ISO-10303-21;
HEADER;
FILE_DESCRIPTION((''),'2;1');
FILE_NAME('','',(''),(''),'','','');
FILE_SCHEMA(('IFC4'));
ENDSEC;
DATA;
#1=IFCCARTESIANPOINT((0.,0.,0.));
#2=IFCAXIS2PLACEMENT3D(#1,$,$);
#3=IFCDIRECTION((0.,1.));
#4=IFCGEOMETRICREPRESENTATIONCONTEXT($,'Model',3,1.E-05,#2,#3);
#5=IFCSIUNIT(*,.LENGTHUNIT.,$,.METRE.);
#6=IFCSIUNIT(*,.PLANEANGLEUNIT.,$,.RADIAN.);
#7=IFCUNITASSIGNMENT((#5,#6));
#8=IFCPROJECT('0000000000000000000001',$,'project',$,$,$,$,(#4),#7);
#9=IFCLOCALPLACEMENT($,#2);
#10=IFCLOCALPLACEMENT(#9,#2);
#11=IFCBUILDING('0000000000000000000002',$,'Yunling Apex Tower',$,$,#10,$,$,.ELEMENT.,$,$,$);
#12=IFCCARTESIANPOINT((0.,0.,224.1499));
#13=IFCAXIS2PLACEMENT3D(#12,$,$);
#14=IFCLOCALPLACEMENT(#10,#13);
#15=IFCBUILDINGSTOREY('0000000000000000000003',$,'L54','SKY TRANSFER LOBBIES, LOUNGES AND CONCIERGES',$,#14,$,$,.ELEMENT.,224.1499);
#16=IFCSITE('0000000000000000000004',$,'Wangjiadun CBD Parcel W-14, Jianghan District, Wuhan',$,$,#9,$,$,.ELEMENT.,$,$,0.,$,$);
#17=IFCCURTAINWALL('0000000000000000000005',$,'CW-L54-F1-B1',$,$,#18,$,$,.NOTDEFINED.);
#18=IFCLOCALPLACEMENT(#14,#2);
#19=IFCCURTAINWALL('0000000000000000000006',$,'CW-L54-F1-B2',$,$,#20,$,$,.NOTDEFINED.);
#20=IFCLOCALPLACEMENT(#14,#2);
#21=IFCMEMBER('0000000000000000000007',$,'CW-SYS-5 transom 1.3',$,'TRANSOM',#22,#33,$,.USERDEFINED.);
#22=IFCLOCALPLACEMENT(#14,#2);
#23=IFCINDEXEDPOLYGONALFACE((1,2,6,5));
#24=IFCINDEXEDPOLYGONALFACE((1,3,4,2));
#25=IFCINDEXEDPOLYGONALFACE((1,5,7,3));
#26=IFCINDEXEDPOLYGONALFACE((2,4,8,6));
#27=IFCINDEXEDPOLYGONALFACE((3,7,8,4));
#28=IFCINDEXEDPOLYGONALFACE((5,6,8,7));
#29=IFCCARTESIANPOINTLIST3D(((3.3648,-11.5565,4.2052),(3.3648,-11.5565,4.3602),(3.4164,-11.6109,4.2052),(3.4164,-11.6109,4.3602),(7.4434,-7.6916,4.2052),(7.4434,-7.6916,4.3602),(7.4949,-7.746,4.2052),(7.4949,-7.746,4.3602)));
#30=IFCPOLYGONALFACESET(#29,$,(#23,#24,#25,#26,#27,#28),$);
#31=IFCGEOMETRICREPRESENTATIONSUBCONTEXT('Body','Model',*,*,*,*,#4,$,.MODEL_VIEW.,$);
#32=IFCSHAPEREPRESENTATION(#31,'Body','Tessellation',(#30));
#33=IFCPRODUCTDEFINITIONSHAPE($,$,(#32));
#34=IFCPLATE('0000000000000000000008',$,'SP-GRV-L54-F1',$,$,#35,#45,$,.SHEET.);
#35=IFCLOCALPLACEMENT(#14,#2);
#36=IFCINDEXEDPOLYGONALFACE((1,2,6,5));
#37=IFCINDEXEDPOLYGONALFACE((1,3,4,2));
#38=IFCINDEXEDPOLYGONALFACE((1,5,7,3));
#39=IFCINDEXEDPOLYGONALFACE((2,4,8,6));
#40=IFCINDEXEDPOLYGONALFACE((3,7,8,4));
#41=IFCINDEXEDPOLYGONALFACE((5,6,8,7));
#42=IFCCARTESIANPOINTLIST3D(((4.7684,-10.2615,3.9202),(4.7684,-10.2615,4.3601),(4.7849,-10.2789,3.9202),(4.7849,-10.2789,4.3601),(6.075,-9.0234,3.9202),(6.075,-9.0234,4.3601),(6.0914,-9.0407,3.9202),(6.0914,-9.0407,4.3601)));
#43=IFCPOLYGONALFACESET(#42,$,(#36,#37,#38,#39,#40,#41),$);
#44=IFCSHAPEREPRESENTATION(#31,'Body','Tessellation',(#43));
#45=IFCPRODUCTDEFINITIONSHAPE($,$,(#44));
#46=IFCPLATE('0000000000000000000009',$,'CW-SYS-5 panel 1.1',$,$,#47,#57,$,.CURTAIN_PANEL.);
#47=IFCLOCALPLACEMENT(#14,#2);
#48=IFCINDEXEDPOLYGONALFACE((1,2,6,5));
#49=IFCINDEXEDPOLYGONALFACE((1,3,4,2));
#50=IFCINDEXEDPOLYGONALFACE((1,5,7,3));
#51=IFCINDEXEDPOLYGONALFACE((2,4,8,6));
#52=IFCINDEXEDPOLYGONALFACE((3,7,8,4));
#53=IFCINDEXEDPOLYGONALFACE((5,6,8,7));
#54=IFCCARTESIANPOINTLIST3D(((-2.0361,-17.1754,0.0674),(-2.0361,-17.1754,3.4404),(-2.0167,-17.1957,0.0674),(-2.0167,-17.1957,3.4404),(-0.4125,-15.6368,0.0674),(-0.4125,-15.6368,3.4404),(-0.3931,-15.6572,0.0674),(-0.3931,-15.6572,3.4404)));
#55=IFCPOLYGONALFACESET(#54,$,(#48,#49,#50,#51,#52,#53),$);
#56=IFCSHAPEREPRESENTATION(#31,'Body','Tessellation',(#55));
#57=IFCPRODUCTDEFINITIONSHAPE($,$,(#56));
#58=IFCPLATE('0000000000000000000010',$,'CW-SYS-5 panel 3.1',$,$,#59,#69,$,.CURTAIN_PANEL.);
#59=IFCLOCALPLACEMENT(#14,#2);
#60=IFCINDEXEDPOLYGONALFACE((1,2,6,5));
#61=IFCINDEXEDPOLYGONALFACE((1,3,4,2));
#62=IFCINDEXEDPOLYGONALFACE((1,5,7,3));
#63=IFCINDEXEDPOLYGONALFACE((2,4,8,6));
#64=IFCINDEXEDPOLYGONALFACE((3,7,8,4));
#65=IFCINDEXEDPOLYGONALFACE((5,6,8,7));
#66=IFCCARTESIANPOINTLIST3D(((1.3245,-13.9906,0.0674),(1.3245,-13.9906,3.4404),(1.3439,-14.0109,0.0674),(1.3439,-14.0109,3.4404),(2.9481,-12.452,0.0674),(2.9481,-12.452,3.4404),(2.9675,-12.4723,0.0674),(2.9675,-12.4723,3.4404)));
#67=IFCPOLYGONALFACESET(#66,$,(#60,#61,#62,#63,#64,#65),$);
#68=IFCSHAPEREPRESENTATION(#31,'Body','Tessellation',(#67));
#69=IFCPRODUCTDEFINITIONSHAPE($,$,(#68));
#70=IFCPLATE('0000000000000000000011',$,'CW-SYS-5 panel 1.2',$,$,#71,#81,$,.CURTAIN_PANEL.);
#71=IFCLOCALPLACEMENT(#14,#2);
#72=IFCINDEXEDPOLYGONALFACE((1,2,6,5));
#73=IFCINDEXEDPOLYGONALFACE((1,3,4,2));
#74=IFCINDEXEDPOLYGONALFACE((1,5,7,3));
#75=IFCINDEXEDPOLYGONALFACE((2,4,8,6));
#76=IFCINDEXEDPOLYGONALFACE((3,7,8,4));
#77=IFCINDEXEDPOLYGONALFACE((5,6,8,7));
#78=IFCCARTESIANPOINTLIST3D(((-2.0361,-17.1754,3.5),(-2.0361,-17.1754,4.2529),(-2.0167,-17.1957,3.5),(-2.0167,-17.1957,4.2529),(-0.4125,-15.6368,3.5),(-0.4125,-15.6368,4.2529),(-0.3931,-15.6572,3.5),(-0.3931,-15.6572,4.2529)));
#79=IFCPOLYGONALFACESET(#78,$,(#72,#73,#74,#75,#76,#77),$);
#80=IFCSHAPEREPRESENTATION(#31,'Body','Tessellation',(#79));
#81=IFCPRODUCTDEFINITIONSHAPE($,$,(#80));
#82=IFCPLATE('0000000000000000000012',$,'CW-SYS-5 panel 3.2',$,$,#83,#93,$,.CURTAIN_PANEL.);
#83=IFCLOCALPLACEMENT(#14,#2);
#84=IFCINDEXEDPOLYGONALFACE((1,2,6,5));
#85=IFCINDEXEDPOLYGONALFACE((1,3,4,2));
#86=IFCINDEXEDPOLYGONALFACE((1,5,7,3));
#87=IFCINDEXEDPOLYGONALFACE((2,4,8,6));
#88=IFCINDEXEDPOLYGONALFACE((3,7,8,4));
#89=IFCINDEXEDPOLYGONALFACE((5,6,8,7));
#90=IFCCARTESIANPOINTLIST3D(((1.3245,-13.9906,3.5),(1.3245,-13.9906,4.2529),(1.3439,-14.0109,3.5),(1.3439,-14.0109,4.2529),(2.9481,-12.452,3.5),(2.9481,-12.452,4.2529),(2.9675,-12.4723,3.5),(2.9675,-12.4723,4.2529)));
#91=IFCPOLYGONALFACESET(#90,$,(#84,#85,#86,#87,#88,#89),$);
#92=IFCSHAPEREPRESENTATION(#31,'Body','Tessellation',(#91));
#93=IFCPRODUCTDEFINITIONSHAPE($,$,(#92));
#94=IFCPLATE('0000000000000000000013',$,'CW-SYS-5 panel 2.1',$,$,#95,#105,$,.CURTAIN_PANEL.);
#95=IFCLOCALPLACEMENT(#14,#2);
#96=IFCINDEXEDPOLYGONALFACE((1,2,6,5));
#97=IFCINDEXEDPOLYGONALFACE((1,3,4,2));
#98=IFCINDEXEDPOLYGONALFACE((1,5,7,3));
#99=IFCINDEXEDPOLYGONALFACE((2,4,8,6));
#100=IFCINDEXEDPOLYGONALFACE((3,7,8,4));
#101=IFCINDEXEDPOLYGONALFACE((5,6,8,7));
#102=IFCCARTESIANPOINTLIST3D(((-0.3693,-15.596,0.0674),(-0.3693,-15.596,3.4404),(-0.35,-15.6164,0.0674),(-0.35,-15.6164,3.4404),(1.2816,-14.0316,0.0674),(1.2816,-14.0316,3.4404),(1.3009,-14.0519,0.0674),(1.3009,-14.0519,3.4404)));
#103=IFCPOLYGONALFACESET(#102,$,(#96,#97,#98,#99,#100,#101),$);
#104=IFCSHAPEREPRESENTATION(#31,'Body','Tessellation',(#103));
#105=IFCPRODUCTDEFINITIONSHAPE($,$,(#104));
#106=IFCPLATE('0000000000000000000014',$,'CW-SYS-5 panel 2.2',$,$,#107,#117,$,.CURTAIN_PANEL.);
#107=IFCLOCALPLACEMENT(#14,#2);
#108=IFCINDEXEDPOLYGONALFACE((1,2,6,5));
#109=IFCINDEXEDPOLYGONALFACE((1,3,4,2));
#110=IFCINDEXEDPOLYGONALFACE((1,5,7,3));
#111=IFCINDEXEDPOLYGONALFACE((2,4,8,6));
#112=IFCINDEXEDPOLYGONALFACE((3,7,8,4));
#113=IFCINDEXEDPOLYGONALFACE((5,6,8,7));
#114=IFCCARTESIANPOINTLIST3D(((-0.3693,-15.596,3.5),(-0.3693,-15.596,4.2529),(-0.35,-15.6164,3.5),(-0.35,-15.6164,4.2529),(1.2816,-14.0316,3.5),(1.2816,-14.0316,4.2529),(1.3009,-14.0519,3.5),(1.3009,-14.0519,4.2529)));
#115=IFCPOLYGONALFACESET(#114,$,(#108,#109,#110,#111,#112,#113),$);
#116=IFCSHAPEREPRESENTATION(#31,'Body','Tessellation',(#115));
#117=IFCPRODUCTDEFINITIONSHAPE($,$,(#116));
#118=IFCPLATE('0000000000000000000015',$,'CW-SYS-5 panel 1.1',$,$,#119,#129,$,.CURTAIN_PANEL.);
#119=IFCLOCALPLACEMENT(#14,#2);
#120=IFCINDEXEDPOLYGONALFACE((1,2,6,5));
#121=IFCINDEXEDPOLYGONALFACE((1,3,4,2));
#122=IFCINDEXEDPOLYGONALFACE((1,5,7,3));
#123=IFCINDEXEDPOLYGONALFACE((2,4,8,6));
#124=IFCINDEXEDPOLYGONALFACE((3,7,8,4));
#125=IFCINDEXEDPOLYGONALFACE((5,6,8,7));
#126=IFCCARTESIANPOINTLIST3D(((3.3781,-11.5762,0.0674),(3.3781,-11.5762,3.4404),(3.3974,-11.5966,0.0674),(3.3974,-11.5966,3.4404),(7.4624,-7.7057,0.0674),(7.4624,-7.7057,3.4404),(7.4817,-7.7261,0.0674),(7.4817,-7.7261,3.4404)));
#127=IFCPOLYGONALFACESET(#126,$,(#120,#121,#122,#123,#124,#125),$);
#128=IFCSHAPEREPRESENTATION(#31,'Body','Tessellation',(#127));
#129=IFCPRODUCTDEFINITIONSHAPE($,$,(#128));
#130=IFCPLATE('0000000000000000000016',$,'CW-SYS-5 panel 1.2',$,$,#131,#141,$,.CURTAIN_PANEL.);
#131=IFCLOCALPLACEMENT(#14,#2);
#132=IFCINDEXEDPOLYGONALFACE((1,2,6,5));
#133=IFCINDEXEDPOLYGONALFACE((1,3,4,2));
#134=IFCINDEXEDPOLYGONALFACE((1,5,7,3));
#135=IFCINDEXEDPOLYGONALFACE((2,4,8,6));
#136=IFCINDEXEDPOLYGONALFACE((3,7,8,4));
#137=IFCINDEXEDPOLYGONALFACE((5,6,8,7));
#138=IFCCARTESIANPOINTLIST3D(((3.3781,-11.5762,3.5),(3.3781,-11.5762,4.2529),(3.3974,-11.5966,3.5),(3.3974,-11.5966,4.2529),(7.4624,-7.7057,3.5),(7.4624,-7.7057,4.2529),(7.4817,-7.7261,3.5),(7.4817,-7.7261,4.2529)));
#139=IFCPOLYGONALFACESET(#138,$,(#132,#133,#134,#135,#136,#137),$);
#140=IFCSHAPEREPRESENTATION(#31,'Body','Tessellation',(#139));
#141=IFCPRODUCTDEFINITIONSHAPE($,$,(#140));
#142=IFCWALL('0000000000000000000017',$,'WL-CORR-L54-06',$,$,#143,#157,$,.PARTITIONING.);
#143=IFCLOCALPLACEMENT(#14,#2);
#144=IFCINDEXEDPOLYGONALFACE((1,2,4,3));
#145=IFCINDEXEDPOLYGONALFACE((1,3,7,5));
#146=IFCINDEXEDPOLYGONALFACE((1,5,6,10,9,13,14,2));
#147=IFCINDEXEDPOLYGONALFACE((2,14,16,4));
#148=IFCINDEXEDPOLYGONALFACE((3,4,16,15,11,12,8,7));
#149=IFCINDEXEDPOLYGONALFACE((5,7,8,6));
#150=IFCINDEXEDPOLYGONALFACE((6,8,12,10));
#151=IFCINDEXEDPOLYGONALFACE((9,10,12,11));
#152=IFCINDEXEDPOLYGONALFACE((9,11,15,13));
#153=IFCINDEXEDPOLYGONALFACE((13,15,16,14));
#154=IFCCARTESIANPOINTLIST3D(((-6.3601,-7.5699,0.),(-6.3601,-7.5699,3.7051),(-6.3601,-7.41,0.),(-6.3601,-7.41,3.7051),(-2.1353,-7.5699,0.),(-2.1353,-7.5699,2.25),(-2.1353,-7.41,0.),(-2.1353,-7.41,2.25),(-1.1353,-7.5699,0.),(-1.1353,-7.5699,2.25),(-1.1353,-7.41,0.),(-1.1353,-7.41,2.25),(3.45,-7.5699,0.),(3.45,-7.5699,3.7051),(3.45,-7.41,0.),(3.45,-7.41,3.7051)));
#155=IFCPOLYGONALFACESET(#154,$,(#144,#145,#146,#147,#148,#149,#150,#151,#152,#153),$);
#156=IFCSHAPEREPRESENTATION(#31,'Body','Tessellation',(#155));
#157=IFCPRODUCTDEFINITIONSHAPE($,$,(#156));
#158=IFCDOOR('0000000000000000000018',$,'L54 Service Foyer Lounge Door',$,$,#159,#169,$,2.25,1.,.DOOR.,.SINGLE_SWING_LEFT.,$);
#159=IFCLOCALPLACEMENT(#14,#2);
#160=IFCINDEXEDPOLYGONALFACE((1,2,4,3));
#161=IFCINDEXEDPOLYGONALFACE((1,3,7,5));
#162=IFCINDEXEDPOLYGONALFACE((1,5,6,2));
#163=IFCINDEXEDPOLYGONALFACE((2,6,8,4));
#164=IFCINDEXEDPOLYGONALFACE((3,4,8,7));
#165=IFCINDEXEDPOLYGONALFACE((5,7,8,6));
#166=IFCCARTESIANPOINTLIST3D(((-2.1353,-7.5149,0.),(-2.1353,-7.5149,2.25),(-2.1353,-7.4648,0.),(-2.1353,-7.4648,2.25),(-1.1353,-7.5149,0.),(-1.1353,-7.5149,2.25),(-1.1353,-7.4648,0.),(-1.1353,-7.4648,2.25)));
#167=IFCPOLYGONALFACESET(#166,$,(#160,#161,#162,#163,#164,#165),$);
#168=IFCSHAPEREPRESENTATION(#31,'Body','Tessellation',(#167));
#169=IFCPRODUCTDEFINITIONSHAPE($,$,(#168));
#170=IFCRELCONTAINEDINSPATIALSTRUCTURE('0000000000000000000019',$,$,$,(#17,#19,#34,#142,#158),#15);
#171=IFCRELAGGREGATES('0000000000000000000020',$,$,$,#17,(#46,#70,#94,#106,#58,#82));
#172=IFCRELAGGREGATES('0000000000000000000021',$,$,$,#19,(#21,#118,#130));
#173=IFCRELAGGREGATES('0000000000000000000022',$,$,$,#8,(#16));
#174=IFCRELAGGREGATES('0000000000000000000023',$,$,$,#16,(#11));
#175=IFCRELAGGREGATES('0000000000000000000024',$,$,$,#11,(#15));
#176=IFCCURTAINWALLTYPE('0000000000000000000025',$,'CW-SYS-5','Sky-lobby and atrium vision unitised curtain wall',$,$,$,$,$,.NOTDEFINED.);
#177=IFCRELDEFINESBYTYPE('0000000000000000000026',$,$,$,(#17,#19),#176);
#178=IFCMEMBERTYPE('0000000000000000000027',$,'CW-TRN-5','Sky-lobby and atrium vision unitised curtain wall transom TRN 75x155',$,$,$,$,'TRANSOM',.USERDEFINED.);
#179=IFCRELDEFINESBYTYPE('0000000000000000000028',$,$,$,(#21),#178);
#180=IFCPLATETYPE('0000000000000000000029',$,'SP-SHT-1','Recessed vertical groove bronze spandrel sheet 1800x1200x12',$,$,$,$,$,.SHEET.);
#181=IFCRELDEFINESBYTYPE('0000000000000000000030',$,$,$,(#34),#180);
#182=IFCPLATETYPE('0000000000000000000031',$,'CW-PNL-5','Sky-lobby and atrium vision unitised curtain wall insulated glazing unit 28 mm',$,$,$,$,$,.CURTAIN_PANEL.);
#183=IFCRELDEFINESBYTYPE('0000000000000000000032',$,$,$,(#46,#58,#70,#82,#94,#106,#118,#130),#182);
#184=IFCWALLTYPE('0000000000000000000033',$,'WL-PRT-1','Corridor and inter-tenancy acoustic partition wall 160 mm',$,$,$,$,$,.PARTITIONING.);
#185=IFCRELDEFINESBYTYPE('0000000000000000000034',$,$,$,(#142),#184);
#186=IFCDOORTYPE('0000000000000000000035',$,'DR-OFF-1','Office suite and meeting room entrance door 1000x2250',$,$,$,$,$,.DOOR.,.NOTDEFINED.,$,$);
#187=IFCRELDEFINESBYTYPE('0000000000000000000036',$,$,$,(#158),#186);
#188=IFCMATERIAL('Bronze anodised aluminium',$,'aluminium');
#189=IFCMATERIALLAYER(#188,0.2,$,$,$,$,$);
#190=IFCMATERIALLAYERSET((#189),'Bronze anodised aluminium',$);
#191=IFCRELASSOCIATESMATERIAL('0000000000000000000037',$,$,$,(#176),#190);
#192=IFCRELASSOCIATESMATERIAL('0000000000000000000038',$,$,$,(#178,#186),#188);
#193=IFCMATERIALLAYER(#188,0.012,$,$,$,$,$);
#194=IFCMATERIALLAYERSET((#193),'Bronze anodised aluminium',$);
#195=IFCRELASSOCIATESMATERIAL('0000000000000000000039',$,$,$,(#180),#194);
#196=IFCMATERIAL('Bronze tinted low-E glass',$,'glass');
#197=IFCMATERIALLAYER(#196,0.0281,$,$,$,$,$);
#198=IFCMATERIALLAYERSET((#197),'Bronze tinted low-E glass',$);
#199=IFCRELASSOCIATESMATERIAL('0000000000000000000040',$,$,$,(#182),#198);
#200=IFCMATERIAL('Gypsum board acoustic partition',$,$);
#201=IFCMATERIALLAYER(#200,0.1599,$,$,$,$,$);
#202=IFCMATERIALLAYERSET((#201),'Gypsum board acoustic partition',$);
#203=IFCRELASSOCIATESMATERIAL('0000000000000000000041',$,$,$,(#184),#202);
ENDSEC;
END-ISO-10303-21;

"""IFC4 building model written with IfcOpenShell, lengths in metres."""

from ifc_helpers import new_model, si_unit, direction, frame, frame_2d, origin, origin_2d, place, context, subcontext, project, spatial, rectangle, extrude, source, transform, mapped, material, layer, layer_set, material_profile, profile_set, type_object, element, fill, aggregate, save


model = new_model("IFC4")

# Units and contexts
model_context = context("Model", 3, precision=1e-05, world=origin(), true_north=direction((0.0, 1.0)))
body_context = subcontext(model_context, "Body", "Model", "MODEL_VIEW")
ifc_project = project(units=[si_unit("LENGTHUNIT", "METRE"), si_unit("PLANEANGLEUNIT", "RADIAN")], contexts=[model_context])

# Site, building, storey
site_placement = place(None, origin())
site = spatial("IfcSite", under=ifc_project, at=site_placement, Name="Wangjiadun CBD Parcel W-14, Jianghan District, Wuhan", CompositionType="ELEMENT", RefElevation=0.0)
building_placement = place(site_placement, origin())
building = spatial("IfcBuilding", under=site, at=building_placement, Name="Yunling Apex Tower", CompositionType="ELEMENT")
storey_placement = place(building_placement, frame((0.0, 0.0, 224.1499)))
storey = spatial("IfcBuildingStorey", under=building, at=storey_placement, Name="L54", Description="SKY TRANSFER LOBBIES, LOUNGES AND CONCIERGES", CompositionType="ELEMENT", Elevation=224.1499)

# Curtain walls
ifc_material_1 = material(Name="Bronze anodised aluminium", Category="aluminium")
ifc_layer_1 = layer(ifc_material_1, 0.2)
ifc_layer_set_1 = layer_set([ifc_layer_1], Name="Bronze anodised aluminium")
curtain_wall_type = type_object("IfcCurtainWallType", Name="CW-SYS-5", Description="Sky-lobby and atrium vision unitised curtain wall", PredefinedType="NOTDEFINED", material=ifc_layer_set_1)
curtain_wall_1_placement = place(storey_placement, origin())
curtain_wall_1 = element("IfcCurtainWall", 1, at=curtain_wall_1_placement, inside=storey, type_object=curtain_wall_type, Name="CW-L54-F1-B1", PredefinedType="NOTDEFINED")
curtain_wall_2_placement = place(storey_placement, origin())
curtain_wall_2 = element("IfcCurtainWall", 2, at=curtain_wall_2_placement, inside=storey, type_object=curtain_wall_type, Name="CW-L54-F1-B2", PredefinedType="NOTDEFINED")

# Member
ifc_material_profile_1 = material_profile(ifc_material_1, rectangle(XDim=0.075, YDim=0.155, at=origin_2d()))
ifc_profile_set_1 = profile_set([ifc_material_profile_1], Name="Bronze anodised aluminium")
member_type_1 = type_object("IfcMemberType", Name="CW-TRN-5", Description="Sky-lobby and atrium vision unitised curtain wall transom TRN 75x155", ElementType="TRANSOM", PredefinedType="USERDEFINED", material=ifc_profile_set_1)
shared_shape_1 = source(origin(), body_context, "Body", "SweptSolid", [
    extrude(rectangle(XDim=0.075, YDim=0.155, at=origin_2d()), origin(), (0.0, 0.0, 1.0), 5.6189),
])
member_1_placement = place(storey_placement, frame((3.3906, -11.5837, 4.2827), z_axis=(0.72586, 0.687842, 0.0), x_axis=(-0.687842, 0.72586, 0.0)))
member_1 = element("IfcMember", 3, at=member_1_placement, type_object=member_type_1, Name="CW-SYS-5 transom 1.3", ObjectType="TRANSOM", PredefinedType="USERDEFINED", context=body_context, shape_type="MappedRepresentation", body=[
    mapped(shared_shape_1, transform((0.0, 0.0, 0.0), scale=1.0)),
])

# Plates
ifc_layer_2 = layer(ifc_material_1, 0.012)
ifc_layer_set_2 = layer_set([ifc_layer_2], Name="Bronze anodised aluminium")
plate_type_1 = type_object("IfcPlateType", Name="SP-SHT-1", Description="Recessed vertical groove bronze spandrel sheet 1800x1200x12", PredefinedType="SHEET", material=ifc_layer_set_2)
shared_shape_2 = source(origin(), body_context, "Body", "SweptSolid", [
    extrude(rectangle(XDim=1.8, YDim=0.0239, at=origin_2d()), origin(), (0.0, 0.0, 1.0), 0.4399),
])
plate_1_placement = place(storey_placement, frame((5.4299, -9.6511, 3.9202), z_axis=(0.0, 0.0, 1.0), x_axis=(0.725855, 0.687848, 0.0)))
element("IfcPlate", 4, at=plate_1_placement, inside=storey, type_object=plate_type_1, Name="SP-GRV-L54-F1", PredefinedType="SHEET", context=body_context, shape_type="MappedRepresentation", body=[
    mapped(shared_shape_2, transform((0.0, 0.0, 0.0), scale=1.0)),
])
ifc_material_2 = material(Name="Bronze tinted low-E glass", Category="glass")
ifc_layer_3 = layer(ifc_material_2, 0.0281)
ifc_layer_set_3 = layer_set([ifc_layer_3], Name="Bronze tinted low-E glass")
plate_type_2 = type_object("IfcPlateType", Name="CW-PNL-5", Description="Sky-lobby and atrium vision unitised curtain wall insulated glazing unit 28 mm", PredefinedType="CURTAIN_PANEL", material=ifc_layer_set_3)
shared_shape_3 = source(origin(), body_context, "Body", "SweptSolid", [
    extrude(rectangle(XDim=2.2368, YDim=0.0281, at=origin_2d()), origin(), (0.0, 0.0, 1.0), 3.373),
])
plate_2_placement = place(storey_placement, frame((-1.2146, -16.4163, 0.0674), z_axis=(0.0, 0.0, 1.0), x_axis=(0.725855, 0.687848, 0.0)))
plate_2 = element("IfcPlate", 5, at=plate_2_placement, type_object=plate_type_2, Name="CW-SYS-5 panel 1.1", PredefinedType="CURTAIN_PANEL", context=body_context, shape_type="MappedRepresentation", body=[
    mapped(shared_shape_3, transform((0.0, 0.0, 0.0), scale=1.0)),
])
plate_3_placement = place(storey_placement, frame((2.146, -13.2314, 0.0674), z_axis=(0.0, 0.0, 1.0), x_axis=(0.725855, 0.687848, 0.0)))
plate_3 = element("IfcPlate", 6, at=plate_3_placement, type_object=plate_type_2, Name="CW-SYS-5 panel 3.1", PredefinedType="CURTAIN_PANEL", context=body_context, shape_type="MappedRepresentation", body=[
    mapped(shared_shape_3, transform((0.0, 0.0, 0.0), scale=1.0)),
])
shared_shape_4 = source(origin(), body_context, "Body", "SweptSolid", [
    extrude(rectangle(XDim=2.2368, YDim=0.0281, at=origin_2d()), origin(), (0.0, 0.0, 1.0), 0.7529),
])
plate_4_placement = place(storey_placement, frame((-1.2146, -16.4163, 3.5), z_axis=(0.0, 0.0, 1.0), x_axis=(0.725855, 0.687848, 0.0)))
plate_4 = element("IfcPlate", 7, at=plate_4_placement, type_object=plate_type_2, Name="CW-SYS-5 panel 1.2", PredefinedType="CURTAIN_PANEL", context=body_context, shape_type="MappedRepresentation", body=[
    mapped(shared_shape_4, transform((0.0, 0.0, 0.0), scale=1.0)),
])
plate_5_placement = place(storey_placement, frame((2.146, -13.2314, 3.5), z_axis=(0.0, 0.0, 1.0), x_axis=(0.725855, 0.687848, 0.0)))
plate_5 = element("IfcPlate", 8, at=plate_5_placement, type_object=plate_type_2, Name="CW-SYS-5 panel 3.2", PredefinedType="CURTAIN_PANEL", context=body_context, shape_type="MappedRepresentation", body=[
    mapped(shared_shape_4, transform((0.0, 0.0, 0.0), scale=1.0)),
])
shared_shape_5 = source(origin(), body_context, "Body", "SweptSolid", [
    extrude(rectangle(XDim=2.2744, YDim=0.0281, at=origin_2d()), origin(), (0.0, 0.0, 1.0), 3.373),
])
plate_6_placement = place(storey_placement, frame((0.4658, -14.824, 0.0674), z_axis=(0.0, 0.0, 1.0), x_axis=(0.725855, 0.687848, 0.0)))
plate_6 = element("IfcPlate", 9, at=plate_6_placement, type_object=plate_type_2, Name="CW-SYS-5 panel 2.1", PredefinedType="CURTAIN_PANEL", context=body_context, shape_type="MappedRepresentation", body=[
    mapped(shared_shape_5, transform((0.0, 0.0, 0.0), scale=1.0)),
])
shared_shape_6 = source(origin(), body_context, "Body", "SweptSolid", [
    extrude(rectangle(XDim=2.2744, YDim=0.0281, at=origin_2d()), origin(), (0.0, 0.0, 1.0), 0.7529),
])
plate_7_placement = place(storey_placement, frame((0.4658, -14.824, 3.5), z_axis=(0.0, 0.0, 1.0), x_axis=(0.725855, 0.687848, 0.0)))
plate_7 = element("IfcPlate", 10, at=plate_7_placement, type_object=plate_type_2, Name="CW-SYS-5 panel 2.2", PredefinedType="CURTAIN_PANEL", context=body_context, shape_type="MappedRepresentation", body=[
    mapped(shared_shape_6, transform((0.0, 0.0, 0.0), scale=1.0)),
])
aggregate(curtain_wall_1, [plate_2, plate_4, plate_6, plate_7, plate_3, plate_5])
shared_shape_7 = source(origin(), body_context, "Body", "SweptSolid", [
    extrude(rectangle(XDim=5.627, YDim=0.0281, at=origin_2d()), origin(), (0.0, 0.0, 1.0), 3.373),
])
plate_8_placement = place(storey_placement, frame((5.4299, -9.6511, 0.0674), z_axis=(0.0, 0.0, 1.0), x_axis=(0.725849, 0.687854, 0.0)))
plate_8 = element("IfcPlate", 11, at=plate_8_placement, type_object=plate_type_2, Name="CW-SYS-5 panel 1.1", PredefinedType="CURTAIN_PANEL", context=body_context, shape_type="MappedRepresentation", body=[
    mapped(shared_shape_7, transform((0.0, 0.0, 0.0), scale=1.0)),
])
shared_shape_8 = source(origin(), body_context, "Body", "SweptSolid", [
    extrude(rectangle(XDim=5.627, YDim=0.0281, at=origin_2d()), origin(), (0.0, 0.0, 1.0), 0.7529),
])
plate_9_placement = place(storey_placement, frame((5.4299, -9.6511, 3.5), z_axis=(0.0, 0.0, 1.0), x_axis=(0.725849, 0.687854, 0.0)))
plate_9 = element("IfcPlate", 12, at=plate_9_placement, type_object=plate_type_2, Name="CW-SYS-5 panel 1.2", PredefinedType="CURTAIN_PANEL", context=body_context, shape_type="MappedRepresentation", body=[
    mapped(shared_shape_8, transform((0.0, 0.0, 0.0), scale=1.0)),
])
aggregate(curtain_wall_2, [member_1, plate_8, plate_9])

# Wall, opening, door
ifc_material_3 = material(Name="Gypsum board acoustic partition")
ifc_layer_4 = layer(ifc_material_3, 0.1599)
ifc_layer_set_4 = layer_set([ifc_layer_4], Name="Gypsum board acoustic partition")
wall_type_1 = type_object("IfcWallType", Name="WL-PRT-1", Description="Corridor and inter-tenancy acoustic partition wall 160 mm", PredefinedType="PARTITIONING", material=ifc_layer_set_4)
wall_1_placement = place(storey_placement, frame((3.45, -7.49, 0.0), z_axis=(0.0, 0.0, 1.0), x_axis=(-1.0, 0.0, 0.0)))
wall_1 = element("IfcWall", 13, at=wall_1_placement, inside=storey, type_object=wall_type_1, Name="WL-CORR-L54-06", PredefinedType="PARTITIONING", context=body_context, shape_type="SweptSolid", body=[
    extrude(rectangle(XDim=9.8101, YDim=0.1599, at=frame_2d((4.905, 0.0))), origin(), (0.0, 0.0, 1.0), 3.7051),
])
opening_1_placement = place(wall_1_placement, frame((4.5852, 0.0, 0.0)))
opening_1 = element("IfcOpeningElement", 14, at=opening_1_placement, cuts=wall_1, PredefinedType="OPENING", context=body_context, shape_type="SweptSolid", body=[
    extrude(rectangle(XDim=1.0, YDim=2.25, at=frame_2d((0.5, 1.125))), frame((0.0, 0.0898, 0.0), z_axis=(0.0, -1.0, 0.0), x_axis=(1.0, 0.0, 0.0)), (0.0, 0.0, 1.0), 0.1799),
])
door_type_1 = type_object("IfcDoorType", Name="DR-OFF-1", Description="Office suite and meeting room entrance door 1000x2250", OperationType="NOTDEFINED", PredefinedType="DOOR", material=ifc_material_1)
door_1_placement = place(opening_1_placement, origin())
door_1 = element("IfcDoor", 15, at=door_1_placement, inside=storey, type_object=door_type_1, Name="L54 Service Foyer Lounge Door", OperationType="SINGLE_SWING_LEFT", OverallHeight=2.25, OverallWidth=1.0, PredefinedType="DOOR", context=body_context, shape_type="SweptSolid", body=[
    extrude(rectangle(XDim=1.0, YDim=2.25, at=frame_2d((0.5, 1.125))), frame((0.0, 0.0249, 0.0), z_axis=(0.0, -1.0, 0.0), x_axis=(1.0, 0.0, 0.0)), (0.0, 0.0, 1.0), 0.05),
])
fill(opening_1, door_1)

save(model, "model.ifc")
